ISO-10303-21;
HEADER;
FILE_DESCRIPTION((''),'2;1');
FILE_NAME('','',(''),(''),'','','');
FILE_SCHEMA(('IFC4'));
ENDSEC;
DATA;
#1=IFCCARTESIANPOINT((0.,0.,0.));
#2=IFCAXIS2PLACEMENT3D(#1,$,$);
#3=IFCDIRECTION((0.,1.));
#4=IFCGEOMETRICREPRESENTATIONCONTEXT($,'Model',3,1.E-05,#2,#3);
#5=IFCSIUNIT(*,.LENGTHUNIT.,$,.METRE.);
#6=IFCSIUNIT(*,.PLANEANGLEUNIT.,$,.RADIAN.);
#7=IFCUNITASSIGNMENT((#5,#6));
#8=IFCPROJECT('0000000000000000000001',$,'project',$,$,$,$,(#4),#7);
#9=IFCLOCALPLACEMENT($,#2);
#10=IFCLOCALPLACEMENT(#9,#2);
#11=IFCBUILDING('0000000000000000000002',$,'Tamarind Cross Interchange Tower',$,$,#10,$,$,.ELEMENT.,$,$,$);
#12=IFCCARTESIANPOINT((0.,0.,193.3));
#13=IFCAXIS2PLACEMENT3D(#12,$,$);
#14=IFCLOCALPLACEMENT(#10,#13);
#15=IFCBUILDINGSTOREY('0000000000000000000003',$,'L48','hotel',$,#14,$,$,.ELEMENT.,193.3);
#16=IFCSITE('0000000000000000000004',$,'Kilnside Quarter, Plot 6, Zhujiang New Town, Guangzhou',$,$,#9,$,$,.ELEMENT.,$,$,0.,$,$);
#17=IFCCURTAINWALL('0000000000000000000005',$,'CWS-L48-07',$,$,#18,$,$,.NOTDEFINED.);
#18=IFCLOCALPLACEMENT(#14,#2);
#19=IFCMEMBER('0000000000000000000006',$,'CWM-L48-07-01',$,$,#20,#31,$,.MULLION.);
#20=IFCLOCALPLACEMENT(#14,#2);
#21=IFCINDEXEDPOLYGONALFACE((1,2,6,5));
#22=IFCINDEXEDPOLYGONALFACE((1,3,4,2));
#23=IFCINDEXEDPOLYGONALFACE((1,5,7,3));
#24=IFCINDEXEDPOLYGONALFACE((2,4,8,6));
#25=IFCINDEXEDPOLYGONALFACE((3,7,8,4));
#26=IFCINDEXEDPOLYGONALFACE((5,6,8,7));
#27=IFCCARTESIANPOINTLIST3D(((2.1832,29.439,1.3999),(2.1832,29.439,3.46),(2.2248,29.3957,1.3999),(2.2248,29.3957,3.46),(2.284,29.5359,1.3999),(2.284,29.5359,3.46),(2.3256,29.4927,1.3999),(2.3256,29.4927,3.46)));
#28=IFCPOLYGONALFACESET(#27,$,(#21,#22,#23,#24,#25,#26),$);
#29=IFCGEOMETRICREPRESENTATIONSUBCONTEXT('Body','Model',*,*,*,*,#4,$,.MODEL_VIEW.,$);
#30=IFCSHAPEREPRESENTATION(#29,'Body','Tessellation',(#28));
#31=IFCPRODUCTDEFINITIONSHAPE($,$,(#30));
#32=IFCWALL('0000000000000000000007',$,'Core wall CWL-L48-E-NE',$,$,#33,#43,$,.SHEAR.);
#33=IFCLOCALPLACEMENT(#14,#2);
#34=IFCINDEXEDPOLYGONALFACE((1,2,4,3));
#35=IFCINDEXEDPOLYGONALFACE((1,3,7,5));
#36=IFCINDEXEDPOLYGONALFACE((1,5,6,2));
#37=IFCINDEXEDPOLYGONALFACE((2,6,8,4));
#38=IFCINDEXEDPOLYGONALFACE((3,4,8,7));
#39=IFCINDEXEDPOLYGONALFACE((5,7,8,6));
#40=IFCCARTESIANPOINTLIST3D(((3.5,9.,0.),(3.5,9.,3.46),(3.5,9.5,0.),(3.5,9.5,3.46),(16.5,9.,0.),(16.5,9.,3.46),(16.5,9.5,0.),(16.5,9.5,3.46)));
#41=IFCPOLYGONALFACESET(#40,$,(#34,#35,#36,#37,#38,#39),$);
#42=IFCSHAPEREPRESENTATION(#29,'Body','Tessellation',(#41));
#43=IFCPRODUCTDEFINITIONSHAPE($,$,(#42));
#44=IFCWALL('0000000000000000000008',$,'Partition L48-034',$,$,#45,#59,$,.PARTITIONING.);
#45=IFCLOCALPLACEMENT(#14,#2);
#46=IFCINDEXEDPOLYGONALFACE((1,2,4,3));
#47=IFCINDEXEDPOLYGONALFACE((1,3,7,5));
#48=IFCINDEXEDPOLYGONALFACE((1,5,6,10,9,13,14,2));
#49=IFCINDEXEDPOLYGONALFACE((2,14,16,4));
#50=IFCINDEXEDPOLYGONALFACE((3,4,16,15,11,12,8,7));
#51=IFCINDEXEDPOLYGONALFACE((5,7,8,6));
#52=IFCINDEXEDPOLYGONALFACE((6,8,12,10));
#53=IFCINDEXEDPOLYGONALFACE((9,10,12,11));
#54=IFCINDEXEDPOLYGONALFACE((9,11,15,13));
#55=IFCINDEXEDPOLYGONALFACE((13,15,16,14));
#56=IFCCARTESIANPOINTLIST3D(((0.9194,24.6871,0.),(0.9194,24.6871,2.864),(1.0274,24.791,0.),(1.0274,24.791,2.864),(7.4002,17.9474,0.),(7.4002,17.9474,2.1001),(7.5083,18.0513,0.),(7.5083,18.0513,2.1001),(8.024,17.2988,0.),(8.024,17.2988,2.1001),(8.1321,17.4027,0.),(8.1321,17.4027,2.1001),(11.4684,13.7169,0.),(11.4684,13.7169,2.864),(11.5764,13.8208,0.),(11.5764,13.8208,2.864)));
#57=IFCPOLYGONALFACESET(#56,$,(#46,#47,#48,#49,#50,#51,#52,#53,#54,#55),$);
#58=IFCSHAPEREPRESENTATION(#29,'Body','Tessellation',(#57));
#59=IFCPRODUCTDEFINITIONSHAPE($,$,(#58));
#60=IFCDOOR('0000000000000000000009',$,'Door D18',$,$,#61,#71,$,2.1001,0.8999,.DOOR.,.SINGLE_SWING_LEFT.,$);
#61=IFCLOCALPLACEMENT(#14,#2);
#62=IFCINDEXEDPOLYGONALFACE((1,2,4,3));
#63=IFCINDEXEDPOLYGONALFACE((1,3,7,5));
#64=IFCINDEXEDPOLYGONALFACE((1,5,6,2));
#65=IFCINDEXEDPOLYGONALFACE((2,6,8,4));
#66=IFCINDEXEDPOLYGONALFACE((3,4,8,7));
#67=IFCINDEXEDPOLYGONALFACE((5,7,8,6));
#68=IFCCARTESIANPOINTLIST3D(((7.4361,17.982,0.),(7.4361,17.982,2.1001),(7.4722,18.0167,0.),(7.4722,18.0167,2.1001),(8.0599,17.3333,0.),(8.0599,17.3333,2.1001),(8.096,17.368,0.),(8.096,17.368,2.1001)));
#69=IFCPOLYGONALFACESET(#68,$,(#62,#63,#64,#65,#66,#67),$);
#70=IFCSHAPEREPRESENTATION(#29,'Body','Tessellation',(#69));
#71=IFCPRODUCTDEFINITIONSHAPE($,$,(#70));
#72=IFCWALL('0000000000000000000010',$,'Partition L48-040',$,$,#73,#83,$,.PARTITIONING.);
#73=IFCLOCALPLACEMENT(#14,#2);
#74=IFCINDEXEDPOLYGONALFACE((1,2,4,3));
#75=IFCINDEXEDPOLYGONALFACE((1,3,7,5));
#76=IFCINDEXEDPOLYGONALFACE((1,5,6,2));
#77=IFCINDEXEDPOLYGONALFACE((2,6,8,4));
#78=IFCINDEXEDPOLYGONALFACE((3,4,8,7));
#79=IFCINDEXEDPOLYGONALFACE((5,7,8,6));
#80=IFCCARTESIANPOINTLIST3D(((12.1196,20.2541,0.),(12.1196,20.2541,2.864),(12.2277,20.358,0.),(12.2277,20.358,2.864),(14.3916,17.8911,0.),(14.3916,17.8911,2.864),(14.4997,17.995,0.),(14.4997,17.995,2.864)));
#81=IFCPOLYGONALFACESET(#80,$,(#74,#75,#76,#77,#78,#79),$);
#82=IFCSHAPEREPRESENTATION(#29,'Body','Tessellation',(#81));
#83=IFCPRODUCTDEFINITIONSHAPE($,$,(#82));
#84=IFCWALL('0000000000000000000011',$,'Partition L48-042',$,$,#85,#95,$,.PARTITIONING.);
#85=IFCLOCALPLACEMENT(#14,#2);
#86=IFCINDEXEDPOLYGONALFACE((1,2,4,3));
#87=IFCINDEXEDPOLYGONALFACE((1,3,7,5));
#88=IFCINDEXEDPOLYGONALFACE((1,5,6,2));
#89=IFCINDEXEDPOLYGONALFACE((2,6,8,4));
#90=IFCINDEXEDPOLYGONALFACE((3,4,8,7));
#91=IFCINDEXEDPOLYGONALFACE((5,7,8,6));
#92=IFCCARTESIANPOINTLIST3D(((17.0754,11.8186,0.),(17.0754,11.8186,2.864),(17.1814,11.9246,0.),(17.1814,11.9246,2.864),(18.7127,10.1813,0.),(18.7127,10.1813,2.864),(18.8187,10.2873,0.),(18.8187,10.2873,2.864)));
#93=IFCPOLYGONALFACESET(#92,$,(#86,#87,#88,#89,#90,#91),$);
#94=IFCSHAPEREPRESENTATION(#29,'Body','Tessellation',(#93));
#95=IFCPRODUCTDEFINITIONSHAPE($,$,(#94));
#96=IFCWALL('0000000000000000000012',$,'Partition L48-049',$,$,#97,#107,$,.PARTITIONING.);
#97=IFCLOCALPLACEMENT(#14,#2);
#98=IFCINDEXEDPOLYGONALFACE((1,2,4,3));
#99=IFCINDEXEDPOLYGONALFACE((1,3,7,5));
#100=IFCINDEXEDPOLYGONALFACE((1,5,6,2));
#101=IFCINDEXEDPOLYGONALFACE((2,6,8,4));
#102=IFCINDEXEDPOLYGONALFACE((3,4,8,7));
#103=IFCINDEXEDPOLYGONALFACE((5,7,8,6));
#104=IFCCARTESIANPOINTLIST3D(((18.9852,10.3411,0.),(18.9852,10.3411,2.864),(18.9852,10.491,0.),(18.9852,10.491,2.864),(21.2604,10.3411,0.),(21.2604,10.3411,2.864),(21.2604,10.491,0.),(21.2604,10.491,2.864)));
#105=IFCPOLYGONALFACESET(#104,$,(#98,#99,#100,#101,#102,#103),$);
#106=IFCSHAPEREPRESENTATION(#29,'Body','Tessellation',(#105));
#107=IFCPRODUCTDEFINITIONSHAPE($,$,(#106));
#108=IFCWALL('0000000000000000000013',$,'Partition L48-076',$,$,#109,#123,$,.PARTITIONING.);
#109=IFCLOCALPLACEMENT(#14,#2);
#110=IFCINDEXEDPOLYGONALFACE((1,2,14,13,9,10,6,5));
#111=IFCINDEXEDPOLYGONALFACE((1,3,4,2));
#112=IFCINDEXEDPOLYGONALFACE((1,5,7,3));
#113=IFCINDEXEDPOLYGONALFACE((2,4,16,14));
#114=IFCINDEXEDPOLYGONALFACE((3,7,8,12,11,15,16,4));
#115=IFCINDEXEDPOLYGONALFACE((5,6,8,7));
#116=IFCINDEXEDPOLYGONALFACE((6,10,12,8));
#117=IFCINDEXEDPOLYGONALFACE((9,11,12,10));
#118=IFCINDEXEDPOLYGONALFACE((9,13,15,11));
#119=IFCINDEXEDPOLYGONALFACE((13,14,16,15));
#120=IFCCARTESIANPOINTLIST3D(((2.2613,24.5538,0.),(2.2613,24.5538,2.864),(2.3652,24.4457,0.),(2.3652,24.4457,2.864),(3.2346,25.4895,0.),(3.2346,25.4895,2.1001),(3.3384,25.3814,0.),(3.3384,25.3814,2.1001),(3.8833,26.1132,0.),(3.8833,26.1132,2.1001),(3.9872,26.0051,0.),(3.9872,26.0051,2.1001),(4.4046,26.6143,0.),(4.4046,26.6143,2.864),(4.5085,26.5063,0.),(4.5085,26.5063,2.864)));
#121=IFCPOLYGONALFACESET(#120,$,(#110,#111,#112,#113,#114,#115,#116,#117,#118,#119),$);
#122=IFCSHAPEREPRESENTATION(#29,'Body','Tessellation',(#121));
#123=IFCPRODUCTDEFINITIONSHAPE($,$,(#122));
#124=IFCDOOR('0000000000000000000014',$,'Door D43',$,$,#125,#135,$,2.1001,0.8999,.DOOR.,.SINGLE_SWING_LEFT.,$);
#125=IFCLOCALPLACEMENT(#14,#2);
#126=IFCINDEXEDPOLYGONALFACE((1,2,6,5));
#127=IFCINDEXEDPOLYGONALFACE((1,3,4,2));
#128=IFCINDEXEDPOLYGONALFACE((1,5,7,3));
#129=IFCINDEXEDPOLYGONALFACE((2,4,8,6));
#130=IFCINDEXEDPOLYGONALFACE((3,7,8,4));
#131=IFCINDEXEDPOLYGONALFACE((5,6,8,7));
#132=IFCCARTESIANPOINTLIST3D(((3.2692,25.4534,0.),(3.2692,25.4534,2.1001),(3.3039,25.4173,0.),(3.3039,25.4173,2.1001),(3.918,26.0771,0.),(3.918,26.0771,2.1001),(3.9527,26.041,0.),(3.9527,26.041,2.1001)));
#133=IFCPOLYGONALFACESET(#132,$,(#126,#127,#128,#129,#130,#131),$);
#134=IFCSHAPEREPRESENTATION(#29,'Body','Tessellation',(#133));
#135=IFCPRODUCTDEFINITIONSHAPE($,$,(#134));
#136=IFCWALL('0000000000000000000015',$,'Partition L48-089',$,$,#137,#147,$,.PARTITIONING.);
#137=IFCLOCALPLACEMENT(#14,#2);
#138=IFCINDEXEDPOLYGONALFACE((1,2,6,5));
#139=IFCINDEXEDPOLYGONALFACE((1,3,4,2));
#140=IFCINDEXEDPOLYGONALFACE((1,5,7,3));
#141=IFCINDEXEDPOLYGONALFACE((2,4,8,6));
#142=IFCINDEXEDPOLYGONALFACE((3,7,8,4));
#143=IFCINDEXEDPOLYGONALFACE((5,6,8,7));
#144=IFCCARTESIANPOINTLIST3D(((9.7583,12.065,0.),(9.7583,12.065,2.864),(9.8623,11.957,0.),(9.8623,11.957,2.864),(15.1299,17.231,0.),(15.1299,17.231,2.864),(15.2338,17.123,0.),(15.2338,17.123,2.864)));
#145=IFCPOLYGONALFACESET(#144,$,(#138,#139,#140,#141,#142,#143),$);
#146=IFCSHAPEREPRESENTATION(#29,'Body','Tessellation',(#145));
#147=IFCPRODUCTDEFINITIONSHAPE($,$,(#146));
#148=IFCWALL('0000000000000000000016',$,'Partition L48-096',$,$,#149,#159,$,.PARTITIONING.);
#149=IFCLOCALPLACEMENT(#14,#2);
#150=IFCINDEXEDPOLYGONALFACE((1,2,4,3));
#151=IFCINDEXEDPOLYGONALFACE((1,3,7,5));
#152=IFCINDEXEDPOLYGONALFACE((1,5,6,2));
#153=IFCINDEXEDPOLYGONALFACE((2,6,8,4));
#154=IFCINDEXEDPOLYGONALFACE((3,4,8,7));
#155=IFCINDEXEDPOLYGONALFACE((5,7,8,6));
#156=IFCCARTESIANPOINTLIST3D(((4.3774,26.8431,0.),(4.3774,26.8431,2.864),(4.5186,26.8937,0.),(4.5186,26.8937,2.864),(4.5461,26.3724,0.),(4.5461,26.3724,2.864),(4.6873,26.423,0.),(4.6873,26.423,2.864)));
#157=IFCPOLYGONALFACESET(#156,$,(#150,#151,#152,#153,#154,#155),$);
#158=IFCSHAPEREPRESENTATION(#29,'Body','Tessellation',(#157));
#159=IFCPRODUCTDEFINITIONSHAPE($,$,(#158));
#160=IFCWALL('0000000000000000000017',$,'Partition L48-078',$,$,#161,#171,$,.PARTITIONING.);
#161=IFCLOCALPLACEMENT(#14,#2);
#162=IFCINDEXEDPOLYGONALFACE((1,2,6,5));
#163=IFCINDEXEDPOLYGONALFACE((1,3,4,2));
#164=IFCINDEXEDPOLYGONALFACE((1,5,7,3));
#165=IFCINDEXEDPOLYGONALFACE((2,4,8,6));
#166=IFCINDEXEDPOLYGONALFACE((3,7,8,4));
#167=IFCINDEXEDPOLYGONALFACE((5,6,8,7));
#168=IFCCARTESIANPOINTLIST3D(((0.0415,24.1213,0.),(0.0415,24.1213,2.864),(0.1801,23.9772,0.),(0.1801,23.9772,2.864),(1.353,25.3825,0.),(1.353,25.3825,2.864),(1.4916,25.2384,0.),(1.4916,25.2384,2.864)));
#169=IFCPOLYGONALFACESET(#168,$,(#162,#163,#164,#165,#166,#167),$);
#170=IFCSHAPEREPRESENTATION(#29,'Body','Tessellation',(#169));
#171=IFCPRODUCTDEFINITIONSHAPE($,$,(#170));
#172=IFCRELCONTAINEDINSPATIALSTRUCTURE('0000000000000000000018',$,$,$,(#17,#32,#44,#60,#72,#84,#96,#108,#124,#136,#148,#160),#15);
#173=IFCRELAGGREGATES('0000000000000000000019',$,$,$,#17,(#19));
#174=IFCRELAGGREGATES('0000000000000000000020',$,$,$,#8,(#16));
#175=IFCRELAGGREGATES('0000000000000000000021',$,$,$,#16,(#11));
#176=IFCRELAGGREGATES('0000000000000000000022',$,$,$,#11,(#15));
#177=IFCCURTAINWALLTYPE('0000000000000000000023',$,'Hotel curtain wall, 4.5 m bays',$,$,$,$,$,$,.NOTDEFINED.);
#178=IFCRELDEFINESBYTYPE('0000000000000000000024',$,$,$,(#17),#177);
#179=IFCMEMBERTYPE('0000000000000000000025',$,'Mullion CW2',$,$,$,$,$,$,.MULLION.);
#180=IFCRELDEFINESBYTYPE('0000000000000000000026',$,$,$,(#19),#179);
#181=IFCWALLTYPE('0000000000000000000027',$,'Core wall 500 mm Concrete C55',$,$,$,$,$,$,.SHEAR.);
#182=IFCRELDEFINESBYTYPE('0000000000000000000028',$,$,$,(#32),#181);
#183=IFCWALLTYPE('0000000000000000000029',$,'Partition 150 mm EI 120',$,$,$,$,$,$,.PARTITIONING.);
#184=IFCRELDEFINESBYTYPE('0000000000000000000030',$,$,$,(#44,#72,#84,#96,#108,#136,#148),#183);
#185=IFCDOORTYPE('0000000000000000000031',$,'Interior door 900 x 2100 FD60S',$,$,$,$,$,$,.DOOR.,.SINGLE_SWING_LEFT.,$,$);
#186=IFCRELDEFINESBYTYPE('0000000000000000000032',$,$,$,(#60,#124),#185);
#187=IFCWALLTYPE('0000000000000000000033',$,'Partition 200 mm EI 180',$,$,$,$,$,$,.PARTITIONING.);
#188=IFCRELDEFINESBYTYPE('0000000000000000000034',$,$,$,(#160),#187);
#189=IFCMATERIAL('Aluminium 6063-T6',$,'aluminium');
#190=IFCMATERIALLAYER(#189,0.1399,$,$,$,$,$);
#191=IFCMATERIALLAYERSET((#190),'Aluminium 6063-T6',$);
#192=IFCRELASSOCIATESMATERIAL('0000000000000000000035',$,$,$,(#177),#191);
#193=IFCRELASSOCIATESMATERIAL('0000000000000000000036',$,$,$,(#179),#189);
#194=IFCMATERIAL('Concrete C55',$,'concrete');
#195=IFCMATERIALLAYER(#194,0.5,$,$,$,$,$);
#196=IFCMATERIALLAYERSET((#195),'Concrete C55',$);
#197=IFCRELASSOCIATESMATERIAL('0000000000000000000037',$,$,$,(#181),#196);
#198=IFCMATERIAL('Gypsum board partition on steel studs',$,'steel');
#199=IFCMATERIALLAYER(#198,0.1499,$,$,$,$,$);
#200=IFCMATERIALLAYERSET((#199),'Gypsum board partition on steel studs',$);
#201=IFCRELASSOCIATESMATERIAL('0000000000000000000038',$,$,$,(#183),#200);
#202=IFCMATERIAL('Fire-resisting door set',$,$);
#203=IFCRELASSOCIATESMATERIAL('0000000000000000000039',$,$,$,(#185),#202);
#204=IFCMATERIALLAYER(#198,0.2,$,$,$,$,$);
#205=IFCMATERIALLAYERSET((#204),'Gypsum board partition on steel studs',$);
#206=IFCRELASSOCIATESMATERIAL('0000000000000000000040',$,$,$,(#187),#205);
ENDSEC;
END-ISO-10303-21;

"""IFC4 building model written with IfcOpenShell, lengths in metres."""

from ifc_helpers import new_model, si_unit, direction, frame, frame_2d, origin, origin_2d, place, context, subcontext, project, spatial, rectangle, extrude, material, layer, layer_set, material_profile, profile_set, type_object, element, fill, aggregate, save


model = new_model("IFC4")

# Units and contexts
model_context = context("Model", 3, precision=1e-05, world=origin(), true_north=direction((0.0, 1.0)))
body_context = subcontext(model_context, "Body", "Model", "MODEL_VIEW")
ifc_project = project(units=[si_unit("LENGTHUNIT", "METRE"), si_unit("PLANEANGLEUNIT", "RADIAN")], contexts=[model_context])

# Site, building, storey
site_placement = place(None, origin())
site = spatial("IfcSite", under=ifc_project, at=site_placement, Name="Kilnside Quarter, Plot 6, Zhujiang New Town, Guangzhou", CompositionType="ELEMENT", RefElevation=0.0)
building_placement = place(site_placement, origin())
building = spatial("IfcBuilding", under=site, at=building_placement, Name="Tamarind Cross Interchange Tower", CompositionType="ELEMENT")
storey_placement = place(building_placement, frame((0.0, 0.0, 193.3)))
storey = spatial("IfcBuildingStorey", under=building, at=storey_placement, Name="L48", Description="hotel", CompositionType="ELEMENT", Elevation=193.3)

# Shared definitions
ifc_material_1 = material(Name="Concrete C55", Category="concrete")

# Curtain wall, member
ifc_material_2 = material(Name="Aluminium 6063-T6", Category="aluminium")
ifc_layer_1 = layer(ifc_material_2, 0.1399)
ifc_layer_set_1 = layer_set([ifc_layer_1], Name="Aluminium 6063-T6")
curtain_wall_type = type_object("IfcCurtainWallType", Name="Hotel curtain wall, 4.5 m bays", PredefinedType="NOTDEFINED", material=ifc_layer_set_1)
ifc_material_profile_1 = material_profile(ifc_material_2, rectangle(XDim=0.0601, YDim=0.1399, at=origin_2d()), Name="Mullion CW2")
ifc_profile_set_1 = profile_set([ifc_material_profile_1], Name="Aluminium 6063-T6")
member_type = type_object("IfcMemberType", Name="Mullion CW2", PredefinedType="MULLION", material=ifc_profile_set_1)
curtain_wall_1_placement = place(storey_placement, origin())
curtain_wall_1 = element("IfcCurtainWall", 1, at=curtain_wall_1_placement, inside=storey, type_object=curtain_wall_type, Name="CWS-L48-07", PredefinedType="NOTDEFINED")
member_1_placement = place(storey_placement, frame((2.2544, 29.4658, 1.3999), z_axis=(0.0, 0.0, 1.0), x_axis=(-0.69317, 0.720774, 0.0)))
member_1 = element("IfcMember", 2, at=member_1_placement, type_object=member_type, Name="CWM-L48-07-01", PredefinedType="MULLION", context=body_context, shape_type="SweptSolid", body=[
    extrude(rectangle(XDim=0.0601, YDim=0.1399, at=origin_2d()), origin(), (0.0, 0.0, 1.0), 2.0601),
])
aggregate(curtain_wall_1, [member_1])

# Wall
ifc_layer_2 = layer(ifc_material_1, 0.5)
ifc_layer_set_2 = layer_set([ifc_layer_2], Name="Concrete C55")
wall_type_1 = type_object("IfcWallType", Name="Core wall 500 mm Concrete C55", PredefinedType="SHEAR", material=ifc_layer_set_2)
wall_1_placement = place(storey_placement, frame((16.5, 9.25, 0.0), z_axis=(0.0, 0.0, 1.0), x_axis=(-1.0, 0.0, 0.0)))
element("IfcWall", 3, at=wall_1_placement, inside=storey, type_object=wall_type_1, Name="Core wall CWL-L48-E-NE", PredefinedType="SHEAR", context=body_context, shape_type="SweptSolid", body=[
    extrude(rectangle(XDim=13.0, YDim=0.5, at=frame_2d((6.5, 0.0))), origin(), (0.0, 0.0, 1.0), 3.46),
])

# Wall, opening, door
ifc_material_3 = material(Name="Gypsum board partition on steel studs", Category="steel")
ifc_layer_3 = layer(ifc_material_3, 0.1499)
ifc_layer_set_3 = layer_set([ifc_layer_3], Name="Gypsum board partition on steel studs")
wall_type_2 = type_object("IfcWallType", Name="Partition 150 mm EI 120", PredefinedType="PARTITIONING", material=ifc_layer_set_3)
wall_2_placement = place(storey_placement, frame((0.9734, 24.739, 0.0), z_axis=(0.0, 0.0, 1.0), x_axis=(0.693136, -0.720807, 0.0)))
wall_2 = element("IfcWall", 4, at=wall_2_placement, inside=storey, type_object=wall_type_2, Name="Partition L48-034", PredefinedType="PARTITIONING", context=body_context, shape_type="SweptSolid", body=[
    extrude(rectangle(XDim=15.2192, YDim=0.1499, at=frame_2d((7.6096, 0.0))), origin(), (0.0, 0.0, 1.0), 2.864),
])
opening_1_placement = place(wall_2_placement, frame((9.3501, 0.0, 0.0)))
opening_1 = element("IfcOpeningElement", 5, at=opening_1_placement, cuts=wall_2, PredefinedType="OPENING", context=body_context, shape_type="SweptSolid", body=[
    extrude(rectangle(XDim=0.8999, YDim=2.1001, at=frame_2d((0.45, 1.05))), frame((0.0, 0.085, 0.0), z_axis=(0.0, -1.0, 0.0), x_axis=(1.0, 0.0, 0.0)), (0.0, 0.0, 1.0), 0.1699),
])
ifc_material_4 = material(Name="Fire-resisting door set")
door_type = type_object("IfcDoorType", Name="Interior door 900 x 2100 FD60S", OperationType="SINGLE_SWING_LEFT", PredefinedType="DOOR", material=ifc_material_4)
door_1_placement = place(opening_1_placement, origin())
door_1 = element("IfcDoor", 6, at=door_1_placement, inside=storey, type_object=door_type, Name="Door D18", OperationType="SINGLE_SWING_LEFT", OverallHeight=2.1001, OverallWidth=0.8999, PredefinedType="DOOR", context=body_context, shape_type="SweptSolid", body=[
    extrude(rectangle(XDim=0.8999, YDim=2.1001, at=frame_2d((0.45, 1.05))), frame((0.0, 0.0249, 0.0), z_axis=(0.0, -1.0, 0.0), x_axis=(1.0, 0.0, 0.0)), (0.0, 0.0, 1.0), 0.05),
])
fill(opening_1, door_1)

# Walls
wall_3_placement = place(storey_placement, frame((12.1736, 20.3062, 0.0), z_axis=(0.0, 0.0, 1.0), x_axis=(0.69308, -0.72086, 0.0)))
element("IfcWall", 7, at=wall_3_placement, inside=storey, type_object=wall_type_2, Name="Partition L48-040", PredefinedType="PARTITIONING", context=body_context, shape_type="SweptSolid", body=[
    extrude(rectangle(XDim=3.2781, YDim=0.1499, at=frame_2d((1.6392, 0.0))), origin(), (0.0, 0.0, 1.0), 2.864),
])
wall_4_placement = place(storey_placement, frame((17.1284, 11.8716, 0.0), z_axis=(0.0, 0.0, 1.0), x_axis=(0.707107, -0.707107, 0.0)))
element("IfcWall", 8, at=wall_4_placement, inside=storey, type_object=wall_type_2, Name="Partition L48-042", PredefinedType="PARTITIONING", context=body_context, shape_type="SweptSolid", body=[
    extrude(rectangle(XDim=2.3154, YDim=0.1499, at=frame_2d((1.1577, 0.0))), origin(), (0.0, 0.0, 1.0), 2.864),
])
wall_5_placement = place(storey_placement, frame((18.9851, 10.416, 0.0), z_axis=(0.0, 0.0, 1.0), x_axis=(1.0, 0.0, 0.0)))
element("IfcWall", 9, at=wall_5_placement, inside=storey, type_object=wall_type_2, Name="Partition L48-049", PredefinedType="PARTITIONING", context=body_context, shape_type="SweptSolid", body=[
    extrude(rectangle(XDim=2.2751, YDim=0.1499, at=frame_2d((1.1377, 0.0))), origin(), (0.0, 0.0, 1.0), 2.864),
])

# Wall, opening, door
wall_6_placement = place(storey_placement, frame((2.3132, 24.4998, 0.0), z_axis=(0.0, 0.0, 1.0), x_axis=(0.720888, 0.693051, 0.0)))
wall_6 = element("IfcWall", 10, at=wall_6_placement, inside=storey, type_object=wall_type_2, Name="Partition L48-076", PredefinedType="PARTITIONING", context=body_context, shape_type="SweptSolid", body=[
    extrude(rectangle(XDim=2.9731, YDim=0.1499, at=frame_2d((1.4866, 0.0))), origin(), (0.0, 0.0, 1.0), 2.864),
])
opening_2_placement = place(wall_6_placement, frame((1.3501, 0.0, 0.0)))
opening_2 = element("IfcOpeningElement", 11, at=opening_2_placement, cuts=wall_6, PredefinedType="OPENING", context=body_context, shape_type="SweptSolid", body=[
    extrude(rectangle(XDim=0.8999, YDim=2.1001, at=frame_2d((0.45, 1.05))), frame((0.0, 0.085, 0.0), z_axis=(0.0, -1.0, 0.0), x_axis=(1.0, 0.0, 0.0)), (0.0, 0.0, 1.0), 0.1699),
])
door_2_placement = place(opening_2_placement, origin())
door_2 = element("IfcDoor", 12, at=door_2_placement, inside=storey, type_object=door_type, Name="Door D43", OperationType="SINGLE_SWING_LEFT", OverallHeight=2.1001, OverallWidth=0.8999, PredefinedType="DOOR", context=body_context, shape_type="SweptSolid", body=[
    extrude(rectangle(XDim=0.8999, YDim=2.1001, at=frame_2d((0.45, 1.05))), frame((0.0, 0.0249, 0.0), z_axis=(0.0, -1.0, 0.0), x_axis=(1.0, 0.0, 0.0)), (0.0, 0.0, 1.0), 0.05),
])
fill(opening_2, door_2)

# Walls
wall_7_placement = place(storey_placement, frame((9.8103, 12.011, 0.0), z_axis=(0.0, 0.0, 1.0), x_axis=(0.720764, 0.693181, 0.0)))
element("IfcWall", 13, at=wall_7_placement, inside=storey, type_object=wall_type_2, Name="Partition L48-089", PredefinedType="PARTITIONING", context=body_context, shape_type="SweptSolid", body=[
    extrude(rectangle(XDim=7.4526, YDim=0.1499, at=frame_2d((3.7263, 0.0))), origin(), (0.0, 0.0, 1.0), 2.864),
])
wall_8_placement = place(storey_placement, frame((4.6167, 26.3977, 0.0), z_axis=(0.0, 0.0, 1.0), x_axis=(-0.337388, 0.941366, 0.0)))
element("IfcWall", 14, at=wall_8_placement, inside=storey, type_object=wall_type_2, Name="Partition L48-096", PredefinedType="PARTITIONING", context=body_context, shape_type="SweptSolid", body=[
    extrude(rectangle(XDim=0.5, YDim=0.1499, at=frame_2d((0.25, 0.0))), origin(), (0.0, 0.0, 1.0), 2.864),
])
ifc_layer_4 = layer(ifc_material_3, 0.2)
ifc_layer_set_4 = layer_set([ifc_layer_4], Name="Gypsum board partition on steel studs")
wall_type_3 = type_object("IfcWallType", Name="Partition 200 mm EI 180", PredefinedType="PARTITIONING", material=ifc_layer_set_4)
wall_9_placement = place(storey_placement, frame((0.1108, 24.0493, 0.0), z_axis=(0.0, 0.0, 1.0), x_axis=(0.720792, 0.693152, 0.0)))
element("IfcWall", 15, at=wall_9_placement, inside=storey, type_object=wall_type_3, Name="Partition L48-078", PredefinedType="PARTITIONING", context=body_context, shape_type="SweptSolid", body=[
    extrude(rectangle(XDim=1.8196, YDim=0.2, at=frame_2d((0.9097, 0.0))), origin(), (0.0, 0.0, 1.0), 2.864),
])

save(model, "model.ifc")
